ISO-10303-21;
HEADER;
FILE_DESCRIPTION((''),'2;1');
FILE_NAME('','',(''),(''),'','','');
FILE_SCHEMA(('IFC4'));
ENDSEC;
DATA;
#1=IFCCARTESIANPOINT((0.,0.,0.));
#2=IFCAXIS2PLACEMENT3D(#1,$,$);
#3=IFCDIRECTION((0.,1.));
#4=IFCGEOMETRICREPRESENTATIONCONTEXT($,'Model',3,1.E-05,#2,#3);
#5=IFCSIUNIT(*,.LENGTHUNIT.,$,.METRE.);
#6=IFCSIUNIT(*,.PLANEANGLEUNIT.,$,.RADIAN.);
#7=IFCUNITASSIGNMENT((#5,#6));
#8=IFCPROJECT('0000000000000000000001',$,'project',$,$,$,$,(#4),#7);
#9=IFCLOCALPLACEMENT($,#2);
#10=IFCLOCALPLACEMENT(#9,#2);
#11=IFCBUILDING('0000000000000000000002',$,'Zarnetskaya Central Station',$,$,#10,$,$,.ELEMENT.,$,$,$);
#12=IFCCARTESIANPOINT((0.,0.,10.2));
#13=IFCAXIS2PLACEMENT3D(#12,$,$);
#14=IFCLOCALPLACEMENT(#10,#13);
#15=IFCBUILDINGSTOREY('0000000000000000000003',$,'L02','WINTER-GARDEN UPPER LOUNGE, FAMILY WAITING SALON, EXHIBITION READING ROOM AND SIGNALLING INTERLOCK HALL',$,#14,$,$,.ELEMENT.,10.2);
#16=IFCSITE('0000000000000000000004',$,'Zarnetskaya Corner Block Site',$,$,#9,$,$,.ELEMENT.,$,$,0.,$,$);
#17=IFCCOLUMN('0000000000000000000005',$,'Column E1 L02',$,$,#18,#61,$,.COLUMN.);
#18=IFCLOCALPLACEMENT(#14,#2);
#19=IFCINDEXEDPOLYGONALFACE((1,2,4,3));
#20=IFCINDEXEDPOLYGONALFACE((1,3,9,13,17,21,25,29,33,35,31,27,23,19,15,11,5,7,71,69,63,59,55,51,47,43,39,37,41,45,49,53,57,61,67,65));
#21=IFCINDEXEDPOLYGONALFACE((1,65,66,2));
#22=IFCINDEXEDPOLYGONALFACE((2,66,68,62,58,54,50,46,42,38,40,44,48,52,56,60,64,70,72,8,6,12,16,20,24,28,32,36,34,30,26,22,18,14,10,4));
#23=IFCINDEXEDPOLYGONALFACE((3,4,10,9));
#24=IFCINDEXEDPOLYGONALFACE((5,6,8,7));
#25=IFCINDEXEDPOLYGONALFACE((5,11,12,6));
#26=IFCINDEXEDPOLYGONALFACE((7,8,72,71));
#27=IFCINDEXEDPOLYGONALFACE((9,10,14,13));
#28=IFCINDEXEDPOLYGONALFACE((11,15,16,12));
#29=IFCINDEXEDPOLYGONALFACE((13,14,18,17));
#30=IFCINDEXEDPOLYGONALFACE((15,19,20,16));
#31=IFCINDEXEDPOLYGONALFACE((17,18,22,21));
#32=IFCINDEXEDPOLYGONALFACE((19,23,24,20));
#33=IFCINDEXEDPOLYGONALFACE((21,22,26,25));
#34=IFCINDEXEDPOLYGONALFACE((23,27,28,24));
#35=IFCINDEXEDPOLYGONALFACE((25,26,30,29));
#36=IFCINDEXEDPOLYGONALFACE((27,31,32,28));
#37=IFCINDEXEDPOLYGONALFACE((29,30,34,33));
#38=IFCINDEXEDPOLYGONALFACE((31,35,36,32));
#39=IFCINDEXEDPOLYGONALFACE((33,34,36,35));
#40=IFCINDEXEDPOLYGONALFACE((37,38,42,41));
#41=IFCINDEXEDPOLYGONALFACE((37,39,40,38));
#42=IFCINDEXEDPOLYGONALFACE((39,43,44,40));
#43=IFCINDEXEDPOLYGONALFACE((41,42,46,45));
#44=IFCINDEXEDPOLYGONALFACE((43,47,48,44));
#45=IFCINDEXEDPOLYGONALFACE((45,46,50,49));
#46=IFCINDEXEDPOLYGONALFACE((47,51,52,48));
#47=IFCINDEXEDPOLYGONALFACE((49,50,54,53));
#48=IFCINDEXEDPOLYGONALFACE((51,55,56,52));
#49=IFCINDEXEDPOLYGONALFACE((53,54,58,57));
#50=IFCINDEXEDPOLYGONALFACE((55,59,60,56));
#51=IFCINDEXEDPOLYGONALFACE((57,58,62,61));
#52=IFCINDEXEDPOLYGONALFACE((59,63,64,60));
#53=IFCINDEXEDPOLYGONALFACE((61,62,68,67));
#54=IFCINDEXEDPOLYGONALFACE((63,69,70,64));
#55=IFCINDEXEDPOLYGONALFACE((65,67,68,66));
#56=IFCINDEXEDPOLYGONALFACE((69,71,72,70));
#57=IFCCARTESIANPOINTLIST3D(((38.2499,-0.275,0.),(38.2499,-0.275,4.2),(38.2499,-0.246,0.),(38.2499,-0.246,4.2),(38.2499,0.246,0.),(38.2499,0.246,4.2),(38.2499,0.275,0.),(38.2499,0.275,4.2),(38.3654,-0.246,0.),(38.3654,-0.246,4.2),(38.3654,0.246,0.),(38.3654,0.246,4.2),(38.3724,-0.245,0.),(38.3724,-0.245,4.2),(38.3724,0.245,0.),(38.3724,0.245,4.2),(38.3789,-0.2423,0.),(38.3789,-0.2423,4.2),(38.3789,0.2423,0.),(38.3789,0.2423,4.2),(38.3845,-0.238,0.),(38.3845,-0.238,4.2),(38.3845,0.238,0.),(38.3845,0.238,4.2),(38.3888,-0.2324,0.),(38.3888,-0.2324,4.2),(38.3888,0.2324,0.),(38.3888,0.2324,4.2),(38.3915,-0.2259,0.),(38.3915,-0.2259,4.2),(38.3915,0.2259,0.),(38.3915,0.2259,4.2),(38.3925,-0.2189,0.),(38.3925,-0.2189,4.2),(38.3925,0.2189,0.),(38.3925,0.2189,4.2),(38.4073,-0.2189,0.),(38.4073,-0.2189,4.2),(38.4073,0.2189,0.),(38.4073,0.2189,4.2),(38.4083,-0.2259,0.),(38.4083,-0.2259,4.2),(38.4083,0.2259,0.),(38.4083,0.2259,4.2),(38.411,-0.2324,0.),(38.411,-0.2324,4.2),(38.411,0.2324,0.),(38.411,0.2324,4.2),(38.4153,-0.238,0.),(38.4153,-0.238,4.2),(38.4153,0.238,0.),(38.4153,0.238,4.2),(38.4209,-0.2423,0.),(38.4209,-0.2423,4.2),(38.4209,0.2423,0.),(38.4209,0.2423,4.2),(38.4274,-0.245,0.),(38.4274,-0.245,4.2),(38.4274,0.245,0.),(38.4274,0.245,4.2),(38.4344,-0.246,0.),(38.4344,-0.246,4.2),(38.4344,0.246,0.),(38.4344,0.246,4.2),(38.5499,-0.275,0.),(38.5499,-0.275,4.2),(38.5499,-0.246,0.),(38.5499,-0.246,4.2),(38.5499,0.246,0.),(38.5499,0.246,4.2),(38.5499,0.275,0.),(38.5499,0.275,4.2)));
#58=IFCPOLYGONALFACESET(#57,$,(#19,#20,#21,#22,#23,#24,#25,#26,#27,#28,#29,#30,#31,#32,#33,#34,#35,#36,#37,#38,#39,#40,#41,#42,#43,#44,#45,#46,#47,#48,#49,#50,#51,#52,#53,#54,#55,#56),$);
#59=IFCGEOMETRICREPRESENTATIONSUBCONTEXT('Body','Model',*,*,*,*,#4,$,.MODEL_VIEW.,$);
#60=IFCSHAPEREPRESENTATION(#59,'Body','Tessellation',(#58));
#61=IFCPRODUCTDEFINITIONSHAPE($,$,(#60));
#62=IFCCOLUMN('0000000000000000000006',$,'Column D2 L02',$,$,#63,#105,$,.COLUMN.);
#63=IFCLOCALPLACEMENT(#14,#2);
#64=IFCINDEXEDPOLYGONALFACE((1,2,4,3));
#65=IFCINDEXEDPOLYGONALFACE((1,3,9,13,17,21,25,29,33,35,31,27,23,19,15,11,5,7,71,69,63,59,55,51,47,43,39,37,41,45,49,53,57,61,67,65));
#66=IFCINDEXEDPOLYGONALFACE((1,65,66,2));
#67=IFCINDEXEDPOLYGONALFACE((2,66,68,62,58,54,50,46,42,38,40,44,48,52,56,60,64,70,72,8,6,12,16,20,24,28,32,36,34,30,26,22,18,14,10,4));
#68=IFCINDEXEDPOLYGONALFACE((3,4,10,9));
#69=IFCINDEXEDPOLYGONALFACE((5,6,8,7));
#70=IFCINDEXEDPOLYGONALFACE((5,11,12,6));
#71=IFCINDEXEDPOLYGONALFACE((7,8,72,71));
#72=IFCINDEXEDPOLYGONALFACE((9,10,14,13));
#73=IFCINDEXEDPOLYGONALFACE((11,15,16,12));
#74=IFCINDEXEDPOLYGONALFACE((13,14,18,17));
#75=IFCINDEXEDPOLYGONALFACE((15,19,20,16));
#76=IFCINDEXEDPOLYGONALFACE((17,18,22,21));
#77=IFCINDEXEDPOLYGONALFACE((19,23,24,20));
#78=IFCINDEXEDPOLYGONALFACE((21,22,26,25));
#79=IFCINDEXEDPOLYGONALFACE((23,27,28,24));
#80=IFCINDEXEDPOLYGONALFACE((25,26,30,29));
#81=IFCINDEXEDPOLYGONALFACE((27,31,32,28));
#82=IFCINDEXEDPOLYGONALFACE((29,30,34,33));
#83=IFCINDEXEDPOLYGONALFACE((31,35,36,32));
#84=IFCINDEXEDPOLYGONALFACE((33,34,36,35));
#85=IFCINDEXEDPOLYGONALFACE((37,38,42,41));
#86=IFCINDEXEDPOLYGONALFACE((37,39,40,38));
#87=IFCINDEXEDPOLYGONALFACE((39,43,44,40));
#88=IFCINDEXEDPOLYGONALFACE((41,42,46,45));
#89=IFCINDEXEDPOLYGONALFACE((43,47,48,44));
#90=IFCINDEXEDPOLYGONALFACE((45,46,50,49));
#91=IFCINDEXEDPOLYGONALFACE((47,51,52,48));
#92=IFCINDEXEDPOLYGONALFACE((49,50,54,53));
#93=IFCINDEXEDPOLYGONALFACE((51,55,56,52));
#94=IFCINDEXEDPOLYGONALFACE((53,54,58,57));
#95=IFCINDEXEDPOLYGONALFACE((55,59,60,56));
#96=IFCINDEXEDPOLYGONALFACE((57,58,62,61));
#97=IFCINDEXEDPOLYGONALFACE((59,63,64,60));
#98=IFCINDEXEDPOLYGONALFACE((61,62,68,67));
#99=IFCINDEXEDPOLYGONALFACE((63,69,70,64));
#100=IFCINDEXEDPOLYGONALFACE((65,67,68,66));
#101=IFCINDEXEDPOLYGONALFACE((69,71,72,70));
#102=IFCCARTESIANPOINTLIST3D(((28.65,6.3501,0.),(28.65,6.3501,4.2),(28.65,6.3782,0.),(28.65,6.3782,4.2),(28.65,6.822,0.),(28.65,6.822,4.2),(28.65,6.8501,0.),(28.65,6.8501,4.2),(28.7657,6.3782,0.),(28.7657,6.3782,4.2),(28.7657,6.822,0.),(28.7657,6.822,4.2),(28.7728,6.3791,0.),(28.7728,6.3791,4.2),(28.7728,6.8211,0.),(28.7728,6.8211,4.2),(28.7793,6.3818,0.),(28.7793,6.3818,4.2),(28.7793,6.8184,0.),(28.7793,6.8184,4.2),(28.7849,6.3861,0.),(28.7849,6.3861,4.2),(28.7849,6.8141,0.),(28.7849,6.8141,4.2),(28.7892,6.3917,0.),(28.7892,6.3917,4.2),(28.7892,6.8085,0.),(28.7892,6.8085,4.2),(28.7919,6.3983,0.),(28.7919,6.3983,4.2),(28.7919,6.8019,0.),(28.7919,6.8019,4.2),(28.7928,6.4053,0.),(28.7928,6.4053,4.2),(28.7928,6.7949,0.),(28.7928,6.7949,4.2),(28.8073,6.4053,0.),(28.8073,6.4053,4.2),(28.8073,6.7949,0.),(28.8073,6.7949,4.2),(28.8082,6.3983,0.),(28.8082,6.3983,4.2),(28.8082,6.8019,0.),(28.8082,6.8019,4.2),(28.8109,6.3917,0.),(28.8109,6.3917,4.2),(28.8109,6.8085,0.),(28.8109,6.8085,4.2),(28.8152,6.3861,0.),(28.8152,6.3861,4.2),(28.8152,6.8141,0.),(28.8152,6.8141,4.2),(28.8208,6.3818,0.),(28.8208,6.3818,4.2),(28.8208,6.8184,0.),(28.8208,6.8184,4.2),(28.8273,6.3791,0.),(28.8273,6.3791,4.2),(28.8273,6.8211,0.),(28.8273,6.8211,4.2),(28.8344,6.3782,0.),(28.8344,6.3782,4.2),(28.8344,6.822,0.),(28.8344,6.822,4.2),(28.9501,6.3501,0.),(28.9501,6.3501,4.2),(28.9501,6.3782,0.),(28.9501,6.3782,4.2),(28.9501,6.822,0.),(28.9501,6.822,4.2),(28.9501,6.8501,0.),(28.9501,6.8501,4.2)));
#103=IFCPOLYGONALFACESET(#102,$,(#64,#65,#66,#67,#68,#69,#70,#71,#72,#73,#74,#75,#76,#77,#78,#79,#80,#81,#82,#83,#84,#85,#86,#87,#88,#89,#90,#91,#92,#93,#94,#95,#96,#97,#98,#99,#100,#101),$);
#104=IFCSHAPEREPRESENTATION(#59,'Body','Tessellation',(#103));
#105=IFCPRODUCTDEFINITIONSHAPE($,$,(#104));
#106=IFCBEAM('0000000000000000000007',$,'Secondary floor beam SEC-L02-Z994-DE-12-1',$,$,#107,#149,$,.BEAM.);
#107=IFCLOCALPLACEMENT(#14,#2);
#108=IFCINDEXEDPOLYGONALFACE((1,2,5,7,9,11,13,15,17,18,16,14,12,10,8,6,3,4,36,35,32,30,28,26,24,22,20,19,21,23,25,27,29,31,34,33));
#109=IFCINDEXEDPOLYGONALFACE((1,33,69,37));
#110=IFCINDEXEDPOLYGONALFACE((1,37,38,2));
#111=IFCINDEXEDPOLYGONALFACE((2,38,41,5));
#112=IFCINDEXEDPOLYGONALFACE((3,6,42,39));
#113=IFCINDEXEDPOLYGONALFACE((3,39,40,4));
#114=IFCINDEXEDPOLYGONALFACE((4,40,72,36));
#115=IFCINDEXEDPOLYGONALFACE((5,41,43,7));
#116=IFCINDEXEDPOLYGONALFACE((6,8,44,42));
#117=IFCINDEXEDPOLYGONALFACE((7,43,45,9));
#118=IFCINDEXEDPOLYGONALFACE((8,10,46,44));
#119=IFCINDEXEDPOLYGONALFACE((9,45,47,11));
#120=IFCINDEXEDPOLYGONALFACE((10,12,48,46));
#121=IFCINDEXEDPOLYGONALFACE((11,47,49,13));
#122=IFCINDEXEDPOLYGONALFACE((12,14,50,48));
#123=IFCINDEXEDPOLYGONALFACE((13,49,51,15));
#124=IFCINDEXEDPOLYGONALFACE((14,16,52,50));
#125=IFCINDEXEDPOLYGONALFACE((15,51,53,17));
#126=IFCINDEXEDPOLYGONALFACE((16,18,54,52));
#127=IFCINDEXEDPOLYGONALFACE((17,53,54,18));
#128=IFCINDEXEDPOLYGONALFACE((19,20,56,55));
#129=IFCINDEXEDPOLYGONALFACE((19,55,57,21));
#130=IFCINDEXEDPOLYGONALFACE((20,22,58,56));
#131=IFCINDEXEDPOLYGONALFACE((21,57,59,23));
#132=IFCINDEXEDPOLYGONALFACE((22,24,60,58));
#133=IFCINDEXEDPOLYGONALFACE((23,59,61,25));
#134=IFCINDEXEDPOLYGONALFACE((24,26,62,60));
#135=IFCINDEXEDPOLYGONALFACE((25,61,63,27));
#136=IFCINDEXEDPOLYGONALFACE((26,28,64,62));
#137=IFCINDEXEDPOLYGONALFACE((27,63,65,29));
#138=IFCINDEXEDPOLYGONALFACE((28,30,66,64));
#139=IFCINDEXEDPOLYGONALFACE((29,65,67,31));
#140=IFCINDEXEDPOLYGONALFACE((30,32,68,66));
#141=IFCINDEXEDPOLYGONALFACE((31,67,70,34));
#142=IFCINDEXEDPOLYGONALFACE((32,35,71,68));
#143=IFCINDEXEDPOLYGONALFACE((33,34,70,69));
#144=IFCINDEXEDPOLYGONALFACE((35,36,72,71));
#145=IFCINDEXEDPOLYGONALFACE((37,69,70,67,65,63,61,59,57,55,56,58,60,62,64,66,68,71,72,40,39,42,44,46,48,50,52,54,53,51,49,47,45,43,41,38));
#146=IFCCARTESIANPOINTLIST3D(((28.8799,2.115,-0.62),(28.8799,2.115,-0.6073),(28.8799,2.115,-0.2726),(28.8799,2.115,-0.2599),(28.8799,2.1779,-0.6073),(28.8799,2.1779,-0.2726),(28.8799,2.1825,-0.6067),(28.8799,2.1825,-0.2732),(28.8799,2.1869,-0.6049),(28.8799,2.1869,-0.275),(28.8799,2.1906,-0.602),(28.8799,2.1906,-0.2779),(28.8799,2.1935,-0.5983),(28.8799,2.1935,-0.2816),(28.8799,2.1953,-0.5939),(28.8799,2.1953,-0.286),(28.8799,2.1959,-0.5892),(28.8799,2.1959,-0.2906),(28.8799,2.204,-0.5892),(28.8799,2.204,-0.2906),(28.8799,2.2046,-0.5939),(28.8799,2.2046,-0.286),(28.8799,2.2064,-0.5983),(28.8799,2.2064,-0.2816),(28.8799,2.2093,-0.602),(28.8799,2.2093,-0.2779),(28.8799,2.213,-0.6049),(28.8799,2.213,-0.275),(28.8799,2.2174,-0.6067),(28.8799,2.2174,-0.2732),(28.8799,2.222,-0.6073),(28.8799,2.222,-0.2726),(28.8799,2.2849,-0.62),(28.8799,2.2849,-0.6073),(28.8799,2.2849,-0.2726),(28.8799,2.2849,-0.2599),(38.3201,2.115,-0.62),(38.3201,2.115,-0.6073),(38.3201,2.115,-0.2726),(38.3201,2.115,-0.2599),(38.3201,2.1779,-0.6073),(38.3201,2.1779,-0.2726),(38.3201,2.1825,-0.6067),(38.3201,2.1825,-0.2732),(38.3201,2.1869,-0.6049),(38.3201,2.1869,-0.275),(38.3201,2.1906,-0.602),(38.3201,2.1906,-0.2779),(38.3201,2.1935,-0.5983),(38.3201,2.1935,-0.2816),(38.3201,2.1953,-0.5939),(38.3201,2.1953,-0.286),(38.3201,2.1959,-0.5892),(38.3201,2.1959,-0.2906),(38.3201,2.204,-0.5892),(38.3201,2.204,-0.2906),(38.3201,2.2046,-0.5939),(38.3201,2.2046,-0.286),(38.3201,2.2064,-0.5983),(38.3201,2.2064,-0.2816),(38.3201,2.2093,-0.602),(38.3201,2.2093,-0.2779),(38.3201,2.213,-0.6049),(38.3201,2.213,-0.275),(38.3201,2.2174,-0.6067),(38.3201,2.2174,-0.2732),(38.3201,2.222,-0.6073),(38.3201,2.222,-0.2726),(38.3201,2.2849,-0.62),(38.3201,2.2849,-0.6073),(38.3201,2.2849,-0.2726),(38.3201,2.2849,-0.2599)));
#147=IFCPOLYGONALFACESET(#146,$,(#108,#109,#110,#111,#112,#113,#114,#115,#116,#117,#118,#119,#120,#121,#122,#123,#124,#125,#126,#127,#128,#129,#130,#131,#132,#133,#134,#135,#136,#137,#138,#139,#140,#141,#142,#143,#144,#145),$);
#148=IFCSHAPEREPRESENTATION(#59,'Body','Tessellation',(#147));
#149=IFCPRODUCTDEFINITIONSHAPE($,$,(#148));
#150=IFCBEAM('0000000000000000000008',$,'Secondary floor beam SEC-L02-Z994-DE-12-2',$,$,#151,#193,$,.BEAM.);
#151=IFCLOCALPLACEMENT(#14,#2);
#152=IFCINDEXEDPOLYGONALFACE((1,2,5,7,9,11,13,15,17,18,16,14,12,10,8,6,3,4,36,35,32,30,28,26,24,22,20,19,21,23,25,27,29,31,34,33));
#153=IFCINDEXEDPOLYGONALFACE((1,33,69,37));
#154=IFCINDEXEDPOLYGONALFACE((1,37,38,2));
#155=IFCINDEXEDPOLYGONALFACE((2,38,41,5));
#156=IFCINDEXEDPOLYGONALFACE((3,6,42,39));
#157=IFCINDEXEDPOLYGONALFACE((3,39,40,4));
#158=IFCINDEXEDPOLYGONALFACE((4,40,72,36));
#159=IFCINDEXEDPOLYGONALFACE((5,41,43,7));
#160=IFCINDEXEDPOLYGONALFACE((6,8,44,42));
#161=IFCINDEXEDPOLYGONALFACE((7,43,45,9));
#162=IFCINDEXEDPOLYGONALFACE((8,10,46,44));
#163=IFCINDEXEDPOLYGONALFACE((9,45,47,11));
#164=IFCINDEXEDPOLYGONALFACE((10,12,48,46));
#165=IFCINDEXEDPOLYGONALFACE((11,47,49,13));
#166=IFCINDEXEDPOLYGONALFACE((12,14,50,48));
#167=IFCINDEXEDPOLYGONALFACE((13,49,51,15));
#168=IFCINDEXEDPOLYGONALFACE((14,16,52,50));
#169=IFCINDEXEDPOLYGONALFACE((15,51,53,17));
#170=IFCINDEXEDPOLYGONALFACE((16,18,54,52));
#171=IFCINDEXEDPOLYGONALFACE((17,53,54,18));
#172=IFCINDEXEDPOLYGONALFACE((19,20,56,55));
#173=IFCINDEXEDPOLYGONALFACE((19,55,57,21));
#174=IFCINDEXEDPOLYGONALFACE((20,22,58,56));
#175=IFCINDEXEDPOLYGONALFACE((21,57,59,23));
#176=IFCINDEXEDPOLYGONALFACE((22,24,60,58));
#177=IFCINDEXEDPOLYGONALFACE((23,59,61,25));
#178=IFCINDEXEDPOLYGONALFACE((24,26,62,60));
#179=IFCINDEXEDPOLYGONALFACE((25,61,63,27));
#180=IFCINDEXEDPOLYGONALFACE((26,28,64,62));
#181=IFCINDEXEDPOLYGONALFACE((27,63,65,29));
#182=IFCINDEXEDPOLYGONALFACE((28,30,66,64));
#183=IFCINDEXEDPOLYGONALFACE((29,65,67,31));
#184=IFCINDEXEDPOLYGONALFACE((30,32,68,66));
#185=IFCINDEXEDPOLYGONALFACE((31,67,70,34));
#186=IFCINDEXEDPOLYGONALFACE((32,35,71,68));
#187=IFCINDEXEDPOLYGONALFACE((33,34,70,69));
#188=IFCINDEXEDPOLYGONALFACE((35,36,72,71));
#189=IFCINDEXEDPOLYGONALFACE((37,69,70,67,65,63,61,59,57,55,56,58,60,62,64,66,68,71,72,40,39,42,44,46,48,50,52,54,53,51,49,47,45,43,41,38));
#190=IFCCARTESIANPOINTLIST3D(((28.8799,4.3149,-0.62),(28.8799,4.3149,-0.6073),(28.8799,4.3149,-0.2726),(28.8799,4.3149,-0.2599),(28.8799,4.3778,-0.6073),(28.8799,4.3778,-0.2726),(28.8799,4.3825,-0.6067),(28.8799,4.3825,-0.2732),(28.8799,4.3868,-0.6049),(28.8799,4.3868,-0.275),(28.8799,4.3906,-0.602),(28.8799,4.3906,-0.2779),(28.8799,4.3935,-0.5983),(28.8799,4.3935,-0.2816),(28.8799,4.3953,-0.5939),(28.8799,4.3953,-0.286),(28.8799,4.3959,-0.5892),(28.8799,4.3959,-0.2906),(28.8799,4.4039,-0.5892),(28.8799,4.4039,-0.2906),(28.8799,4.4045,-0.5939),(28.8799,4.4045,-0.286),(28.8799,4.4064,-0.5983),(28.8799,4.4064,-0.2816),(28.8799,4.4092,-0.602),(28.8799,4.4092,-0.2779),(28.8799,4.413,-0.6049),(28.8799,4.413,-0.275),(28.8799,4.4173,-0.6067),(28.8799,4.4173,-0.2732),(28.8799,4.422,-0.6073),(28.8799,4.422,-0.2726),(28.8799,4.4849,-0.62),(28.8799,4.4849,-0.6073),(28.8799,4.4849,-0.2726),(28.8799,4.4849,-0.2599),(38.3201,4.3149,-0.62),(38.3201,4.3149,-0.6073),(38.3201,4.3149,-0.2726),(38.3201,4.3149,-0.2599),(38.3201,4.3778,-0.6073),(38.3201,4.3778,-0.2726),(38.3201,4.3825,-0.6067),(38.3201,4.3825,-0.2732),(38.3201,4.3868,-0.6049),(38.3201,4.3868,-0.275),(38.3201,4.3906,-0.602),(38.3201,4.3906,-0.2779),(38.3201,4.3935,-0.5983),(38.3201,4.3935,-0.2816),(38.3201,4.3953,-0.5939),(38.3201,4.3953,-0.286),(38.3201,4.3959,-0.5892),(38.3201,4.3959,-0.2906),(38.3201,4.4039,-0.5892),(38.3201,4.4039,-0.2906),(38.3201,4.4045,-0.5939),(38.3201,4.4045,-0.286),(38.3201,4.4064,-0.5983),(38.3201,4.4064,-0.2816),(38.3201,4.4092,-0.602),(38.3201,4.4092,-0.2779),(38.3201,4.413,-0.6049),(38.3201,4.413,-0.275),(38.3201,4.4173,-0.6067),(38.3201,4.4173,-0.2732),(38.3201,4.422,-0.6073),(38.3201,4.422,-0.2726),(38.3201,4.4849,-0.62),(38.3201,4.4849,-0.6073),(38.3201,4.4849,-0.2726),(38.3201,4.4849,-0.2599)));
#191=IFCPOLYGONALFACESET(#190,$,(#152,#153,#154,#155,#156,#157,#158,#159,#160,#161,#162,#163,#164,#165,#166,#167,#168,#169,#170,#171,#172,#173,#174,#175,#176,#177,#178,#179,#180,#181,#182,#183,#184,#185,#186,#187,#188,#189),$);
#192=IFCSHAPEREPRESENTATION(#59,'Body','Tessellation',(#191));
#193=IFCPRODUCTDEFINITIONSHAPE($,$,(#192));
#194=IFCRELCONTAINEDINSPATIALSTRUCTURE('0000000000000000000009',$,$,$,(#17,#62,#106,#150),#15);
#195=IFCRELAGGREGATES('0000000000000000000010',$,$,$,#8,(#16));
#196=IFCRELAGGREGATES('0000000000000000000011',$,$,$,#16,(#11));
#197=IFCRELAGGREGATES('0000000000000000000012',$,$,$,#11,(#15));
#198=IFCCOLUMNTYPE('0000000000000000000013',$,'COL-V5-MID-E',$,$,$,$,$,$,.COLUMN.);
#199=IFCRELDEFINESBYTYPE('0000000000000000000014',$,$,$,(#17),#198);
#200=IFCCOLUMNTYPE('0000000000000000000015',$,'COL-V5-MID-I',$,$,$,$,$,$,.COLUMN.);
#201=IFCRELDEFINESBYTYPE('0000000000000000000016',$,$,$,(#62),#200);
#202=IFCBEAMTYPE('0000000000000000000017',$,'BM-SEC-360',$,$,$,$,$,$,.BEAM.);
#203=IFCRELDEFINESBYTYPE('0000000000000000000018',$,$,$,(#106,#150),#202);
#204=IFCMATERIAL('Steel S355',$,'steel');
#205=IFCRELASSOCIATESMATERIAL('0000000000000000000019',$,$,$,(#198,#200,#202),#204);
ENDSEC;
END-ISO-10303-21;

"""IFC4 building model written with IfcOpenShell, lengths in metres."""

from ifc_helpers import new_model, si_unit, direction, frame, origin, origin_2d, place, context, subcontext, project, spatial, i_section, extrude, material, material_profile, profile_set, type_object, element, save


model = new_model("IFC4")

# Units and contexts
model_context = context("Model", 3, precision=1e-05, world=origin(), true_north=direction((0.0, 1.0)))
body_context = subcontext(model_context, "Body", "Model", "MODEL_VIEW")
ifc_project = project(units=[si_unit("LENGTHUNIT", "METRE"), si_unit("PLANEANGLEUNIT", "RADIAN")], contexts=[model_context])

# Site, building, storey
site_placement = place(None, origin())
site = spatial("IfcSite", under=ifc_project, at=site_placement, Name="Zarnetskaya Corner Block Site", CompositionType="ELEMENT", RefElevation=0.0)
building_placement = place(site_placement, origin())
building = spatial("IfcBuilding", under=site, at=building_placement, Name="Zarnetskaya Central Station", CompositionType="ELEMENT")
storey_placement = place(building_placement, frame((0.0, 0.0, 10.2)))
storey = spatial("IfcBuildingStorey", under=building, at=storey_placement, Name="L02", Description="WINTER-GARDEN UPPER LOUNGE, FAMILY WAITING SALON, EXHIBITION READING ROOM AND SIGNALLING INTERLOCK HALL", CompositionType="ELEMENT", Elevation=10.2)

# Columns
ifc_material_1 = material(Name="Steel S355", Category="steel")
ifc_material_profile_1 = material_profile(ifc_material_1, i_section(OverallWidth=0.3, OverallDepth=0.55, WebThickness=0.0149, FlangeThickness=0.0291, FilletRadius=0.0271, at=origin_2d()), Name="HEB 550")
ifc_profile_set_1 = profile_set([ifc_material_profile_1], Name="Steel S355")
column_type_1 = type_object("IfcColumnType", Name="COL-V5-MID-E", PredefinedType="COLUMN", material=ifc_profile_set_1)
column_1_placement = place(storey_placement, frame((38.3999, 0.0, 0.0), z_axis=(0.0, 0.0, 1.0), x_axis=(1.0, 0.0, 0.0)))
element("IfcColumn", 1, at=column_1_placement, inside=storey, type_object=column_type_1, Name="Column E1 L02", PredefinedType="COLUMN", context=body_context, shape_type="SweptSolid", body=[
    extrude(i_section(OverallWidth=0.3, OverallDepth=0.55, WebThickness=0.0149, FlangeThickness=0.0291, FilletRadius=0.0271, at=origin_2d()), origin(), (0.0, 0.0, 1.0), 4.2),
])
ifc_material_profile_2 = material_profile(ifc_material_1, i_section(OverallWidth=0.3, OverallDepth=0.5, WebThickness=0.0144, FlangeThickness=0.0281, FilletRadius=0.0271, at=origin_2d()), Name="HEB 500")
ifc_profile_set_2 = profile_set([ifc_material_profile_2], Name="Steel S355")
column_type_2 = type_object("IfcColumnType", Name="COL-V5-MID-I", PredefinedType="COLUMN", material=ifc_profile_set_2)
column_2_placement = place(storey_placement, frame((28.8, 6.6001, 0.0), z_axis=(0.0, 0.0, 1.0), x_axis=(1.0, 0.0, 0.0)))
element("IfcColumn", 2, at=column_2_placement, inside=storey, type_object=column_type_2, Name="Column D2 L02", PredefinedType="COLUMN", context=body_context, shape_type="SweptSolid", body=[
    extrude(i_section(OverallWidth=0.3, OverallDepth=0.5, WebThickness=0.0144, FlangeThickness=0.0281, FilletRadius=0.0271, at=origin_2d()), origin(), (0.0, 0.0, 1.0), 4.2),
])

# Beams
ifc_material_profile_3 = material_profile(ifc_material_1, i_section(OverallWidth=0.1699, OverallDepth=0.3601, WebThickness=0.0081, FlangeThickness=0.0127, FilletRadius=0.0181, at=origin_2d()), Name="IPE 360")
ifc_profile_set_3 = profile_set([ifc_material_profile_3], Name="Steel S355")
beam_type_1 = type_object("IfcBeamType", Name="BM-SEC-360", PredefinedType="BEAM", material=ifc_profile_set_3)
for number, where, z_axis, x_axis, name in (
    (3, (28.8799, 2.2, -0.4399), (1.0, 0.0, 0.0), (0.0, 1.0, 0.0), "Secondary floor beam SEC-L02-Z994-DE-12-1"),
    (4, (28.8799, 4.3999, -0.4399), (1.0, 0.0, 0.0), (0.0, 1.0, 0.0), "Secondary floor beam SEC-L02-Z994-DE-12-2"),
):
    element("IfcBeam", number, at=place(storey_placement, frame(where, z_axis=z_axis, x_axis=x_axis)), inside=storey, type_object=beam_type_1, Name=name, PredefinedType="BEAM", context=body_context, shape_type="SweptSolid", body=[
        extrude(i_section(OverallWidth=0.1699, OverallDepth=0.3601, WebThickness=0.0081, FlangeThickness=0.0127, FilletRadius=0.0181, at=origin_2d()), origin(), (0.0, 0.0, 1.0), 9.4402),
    ])

save(model, "model.ifc")
